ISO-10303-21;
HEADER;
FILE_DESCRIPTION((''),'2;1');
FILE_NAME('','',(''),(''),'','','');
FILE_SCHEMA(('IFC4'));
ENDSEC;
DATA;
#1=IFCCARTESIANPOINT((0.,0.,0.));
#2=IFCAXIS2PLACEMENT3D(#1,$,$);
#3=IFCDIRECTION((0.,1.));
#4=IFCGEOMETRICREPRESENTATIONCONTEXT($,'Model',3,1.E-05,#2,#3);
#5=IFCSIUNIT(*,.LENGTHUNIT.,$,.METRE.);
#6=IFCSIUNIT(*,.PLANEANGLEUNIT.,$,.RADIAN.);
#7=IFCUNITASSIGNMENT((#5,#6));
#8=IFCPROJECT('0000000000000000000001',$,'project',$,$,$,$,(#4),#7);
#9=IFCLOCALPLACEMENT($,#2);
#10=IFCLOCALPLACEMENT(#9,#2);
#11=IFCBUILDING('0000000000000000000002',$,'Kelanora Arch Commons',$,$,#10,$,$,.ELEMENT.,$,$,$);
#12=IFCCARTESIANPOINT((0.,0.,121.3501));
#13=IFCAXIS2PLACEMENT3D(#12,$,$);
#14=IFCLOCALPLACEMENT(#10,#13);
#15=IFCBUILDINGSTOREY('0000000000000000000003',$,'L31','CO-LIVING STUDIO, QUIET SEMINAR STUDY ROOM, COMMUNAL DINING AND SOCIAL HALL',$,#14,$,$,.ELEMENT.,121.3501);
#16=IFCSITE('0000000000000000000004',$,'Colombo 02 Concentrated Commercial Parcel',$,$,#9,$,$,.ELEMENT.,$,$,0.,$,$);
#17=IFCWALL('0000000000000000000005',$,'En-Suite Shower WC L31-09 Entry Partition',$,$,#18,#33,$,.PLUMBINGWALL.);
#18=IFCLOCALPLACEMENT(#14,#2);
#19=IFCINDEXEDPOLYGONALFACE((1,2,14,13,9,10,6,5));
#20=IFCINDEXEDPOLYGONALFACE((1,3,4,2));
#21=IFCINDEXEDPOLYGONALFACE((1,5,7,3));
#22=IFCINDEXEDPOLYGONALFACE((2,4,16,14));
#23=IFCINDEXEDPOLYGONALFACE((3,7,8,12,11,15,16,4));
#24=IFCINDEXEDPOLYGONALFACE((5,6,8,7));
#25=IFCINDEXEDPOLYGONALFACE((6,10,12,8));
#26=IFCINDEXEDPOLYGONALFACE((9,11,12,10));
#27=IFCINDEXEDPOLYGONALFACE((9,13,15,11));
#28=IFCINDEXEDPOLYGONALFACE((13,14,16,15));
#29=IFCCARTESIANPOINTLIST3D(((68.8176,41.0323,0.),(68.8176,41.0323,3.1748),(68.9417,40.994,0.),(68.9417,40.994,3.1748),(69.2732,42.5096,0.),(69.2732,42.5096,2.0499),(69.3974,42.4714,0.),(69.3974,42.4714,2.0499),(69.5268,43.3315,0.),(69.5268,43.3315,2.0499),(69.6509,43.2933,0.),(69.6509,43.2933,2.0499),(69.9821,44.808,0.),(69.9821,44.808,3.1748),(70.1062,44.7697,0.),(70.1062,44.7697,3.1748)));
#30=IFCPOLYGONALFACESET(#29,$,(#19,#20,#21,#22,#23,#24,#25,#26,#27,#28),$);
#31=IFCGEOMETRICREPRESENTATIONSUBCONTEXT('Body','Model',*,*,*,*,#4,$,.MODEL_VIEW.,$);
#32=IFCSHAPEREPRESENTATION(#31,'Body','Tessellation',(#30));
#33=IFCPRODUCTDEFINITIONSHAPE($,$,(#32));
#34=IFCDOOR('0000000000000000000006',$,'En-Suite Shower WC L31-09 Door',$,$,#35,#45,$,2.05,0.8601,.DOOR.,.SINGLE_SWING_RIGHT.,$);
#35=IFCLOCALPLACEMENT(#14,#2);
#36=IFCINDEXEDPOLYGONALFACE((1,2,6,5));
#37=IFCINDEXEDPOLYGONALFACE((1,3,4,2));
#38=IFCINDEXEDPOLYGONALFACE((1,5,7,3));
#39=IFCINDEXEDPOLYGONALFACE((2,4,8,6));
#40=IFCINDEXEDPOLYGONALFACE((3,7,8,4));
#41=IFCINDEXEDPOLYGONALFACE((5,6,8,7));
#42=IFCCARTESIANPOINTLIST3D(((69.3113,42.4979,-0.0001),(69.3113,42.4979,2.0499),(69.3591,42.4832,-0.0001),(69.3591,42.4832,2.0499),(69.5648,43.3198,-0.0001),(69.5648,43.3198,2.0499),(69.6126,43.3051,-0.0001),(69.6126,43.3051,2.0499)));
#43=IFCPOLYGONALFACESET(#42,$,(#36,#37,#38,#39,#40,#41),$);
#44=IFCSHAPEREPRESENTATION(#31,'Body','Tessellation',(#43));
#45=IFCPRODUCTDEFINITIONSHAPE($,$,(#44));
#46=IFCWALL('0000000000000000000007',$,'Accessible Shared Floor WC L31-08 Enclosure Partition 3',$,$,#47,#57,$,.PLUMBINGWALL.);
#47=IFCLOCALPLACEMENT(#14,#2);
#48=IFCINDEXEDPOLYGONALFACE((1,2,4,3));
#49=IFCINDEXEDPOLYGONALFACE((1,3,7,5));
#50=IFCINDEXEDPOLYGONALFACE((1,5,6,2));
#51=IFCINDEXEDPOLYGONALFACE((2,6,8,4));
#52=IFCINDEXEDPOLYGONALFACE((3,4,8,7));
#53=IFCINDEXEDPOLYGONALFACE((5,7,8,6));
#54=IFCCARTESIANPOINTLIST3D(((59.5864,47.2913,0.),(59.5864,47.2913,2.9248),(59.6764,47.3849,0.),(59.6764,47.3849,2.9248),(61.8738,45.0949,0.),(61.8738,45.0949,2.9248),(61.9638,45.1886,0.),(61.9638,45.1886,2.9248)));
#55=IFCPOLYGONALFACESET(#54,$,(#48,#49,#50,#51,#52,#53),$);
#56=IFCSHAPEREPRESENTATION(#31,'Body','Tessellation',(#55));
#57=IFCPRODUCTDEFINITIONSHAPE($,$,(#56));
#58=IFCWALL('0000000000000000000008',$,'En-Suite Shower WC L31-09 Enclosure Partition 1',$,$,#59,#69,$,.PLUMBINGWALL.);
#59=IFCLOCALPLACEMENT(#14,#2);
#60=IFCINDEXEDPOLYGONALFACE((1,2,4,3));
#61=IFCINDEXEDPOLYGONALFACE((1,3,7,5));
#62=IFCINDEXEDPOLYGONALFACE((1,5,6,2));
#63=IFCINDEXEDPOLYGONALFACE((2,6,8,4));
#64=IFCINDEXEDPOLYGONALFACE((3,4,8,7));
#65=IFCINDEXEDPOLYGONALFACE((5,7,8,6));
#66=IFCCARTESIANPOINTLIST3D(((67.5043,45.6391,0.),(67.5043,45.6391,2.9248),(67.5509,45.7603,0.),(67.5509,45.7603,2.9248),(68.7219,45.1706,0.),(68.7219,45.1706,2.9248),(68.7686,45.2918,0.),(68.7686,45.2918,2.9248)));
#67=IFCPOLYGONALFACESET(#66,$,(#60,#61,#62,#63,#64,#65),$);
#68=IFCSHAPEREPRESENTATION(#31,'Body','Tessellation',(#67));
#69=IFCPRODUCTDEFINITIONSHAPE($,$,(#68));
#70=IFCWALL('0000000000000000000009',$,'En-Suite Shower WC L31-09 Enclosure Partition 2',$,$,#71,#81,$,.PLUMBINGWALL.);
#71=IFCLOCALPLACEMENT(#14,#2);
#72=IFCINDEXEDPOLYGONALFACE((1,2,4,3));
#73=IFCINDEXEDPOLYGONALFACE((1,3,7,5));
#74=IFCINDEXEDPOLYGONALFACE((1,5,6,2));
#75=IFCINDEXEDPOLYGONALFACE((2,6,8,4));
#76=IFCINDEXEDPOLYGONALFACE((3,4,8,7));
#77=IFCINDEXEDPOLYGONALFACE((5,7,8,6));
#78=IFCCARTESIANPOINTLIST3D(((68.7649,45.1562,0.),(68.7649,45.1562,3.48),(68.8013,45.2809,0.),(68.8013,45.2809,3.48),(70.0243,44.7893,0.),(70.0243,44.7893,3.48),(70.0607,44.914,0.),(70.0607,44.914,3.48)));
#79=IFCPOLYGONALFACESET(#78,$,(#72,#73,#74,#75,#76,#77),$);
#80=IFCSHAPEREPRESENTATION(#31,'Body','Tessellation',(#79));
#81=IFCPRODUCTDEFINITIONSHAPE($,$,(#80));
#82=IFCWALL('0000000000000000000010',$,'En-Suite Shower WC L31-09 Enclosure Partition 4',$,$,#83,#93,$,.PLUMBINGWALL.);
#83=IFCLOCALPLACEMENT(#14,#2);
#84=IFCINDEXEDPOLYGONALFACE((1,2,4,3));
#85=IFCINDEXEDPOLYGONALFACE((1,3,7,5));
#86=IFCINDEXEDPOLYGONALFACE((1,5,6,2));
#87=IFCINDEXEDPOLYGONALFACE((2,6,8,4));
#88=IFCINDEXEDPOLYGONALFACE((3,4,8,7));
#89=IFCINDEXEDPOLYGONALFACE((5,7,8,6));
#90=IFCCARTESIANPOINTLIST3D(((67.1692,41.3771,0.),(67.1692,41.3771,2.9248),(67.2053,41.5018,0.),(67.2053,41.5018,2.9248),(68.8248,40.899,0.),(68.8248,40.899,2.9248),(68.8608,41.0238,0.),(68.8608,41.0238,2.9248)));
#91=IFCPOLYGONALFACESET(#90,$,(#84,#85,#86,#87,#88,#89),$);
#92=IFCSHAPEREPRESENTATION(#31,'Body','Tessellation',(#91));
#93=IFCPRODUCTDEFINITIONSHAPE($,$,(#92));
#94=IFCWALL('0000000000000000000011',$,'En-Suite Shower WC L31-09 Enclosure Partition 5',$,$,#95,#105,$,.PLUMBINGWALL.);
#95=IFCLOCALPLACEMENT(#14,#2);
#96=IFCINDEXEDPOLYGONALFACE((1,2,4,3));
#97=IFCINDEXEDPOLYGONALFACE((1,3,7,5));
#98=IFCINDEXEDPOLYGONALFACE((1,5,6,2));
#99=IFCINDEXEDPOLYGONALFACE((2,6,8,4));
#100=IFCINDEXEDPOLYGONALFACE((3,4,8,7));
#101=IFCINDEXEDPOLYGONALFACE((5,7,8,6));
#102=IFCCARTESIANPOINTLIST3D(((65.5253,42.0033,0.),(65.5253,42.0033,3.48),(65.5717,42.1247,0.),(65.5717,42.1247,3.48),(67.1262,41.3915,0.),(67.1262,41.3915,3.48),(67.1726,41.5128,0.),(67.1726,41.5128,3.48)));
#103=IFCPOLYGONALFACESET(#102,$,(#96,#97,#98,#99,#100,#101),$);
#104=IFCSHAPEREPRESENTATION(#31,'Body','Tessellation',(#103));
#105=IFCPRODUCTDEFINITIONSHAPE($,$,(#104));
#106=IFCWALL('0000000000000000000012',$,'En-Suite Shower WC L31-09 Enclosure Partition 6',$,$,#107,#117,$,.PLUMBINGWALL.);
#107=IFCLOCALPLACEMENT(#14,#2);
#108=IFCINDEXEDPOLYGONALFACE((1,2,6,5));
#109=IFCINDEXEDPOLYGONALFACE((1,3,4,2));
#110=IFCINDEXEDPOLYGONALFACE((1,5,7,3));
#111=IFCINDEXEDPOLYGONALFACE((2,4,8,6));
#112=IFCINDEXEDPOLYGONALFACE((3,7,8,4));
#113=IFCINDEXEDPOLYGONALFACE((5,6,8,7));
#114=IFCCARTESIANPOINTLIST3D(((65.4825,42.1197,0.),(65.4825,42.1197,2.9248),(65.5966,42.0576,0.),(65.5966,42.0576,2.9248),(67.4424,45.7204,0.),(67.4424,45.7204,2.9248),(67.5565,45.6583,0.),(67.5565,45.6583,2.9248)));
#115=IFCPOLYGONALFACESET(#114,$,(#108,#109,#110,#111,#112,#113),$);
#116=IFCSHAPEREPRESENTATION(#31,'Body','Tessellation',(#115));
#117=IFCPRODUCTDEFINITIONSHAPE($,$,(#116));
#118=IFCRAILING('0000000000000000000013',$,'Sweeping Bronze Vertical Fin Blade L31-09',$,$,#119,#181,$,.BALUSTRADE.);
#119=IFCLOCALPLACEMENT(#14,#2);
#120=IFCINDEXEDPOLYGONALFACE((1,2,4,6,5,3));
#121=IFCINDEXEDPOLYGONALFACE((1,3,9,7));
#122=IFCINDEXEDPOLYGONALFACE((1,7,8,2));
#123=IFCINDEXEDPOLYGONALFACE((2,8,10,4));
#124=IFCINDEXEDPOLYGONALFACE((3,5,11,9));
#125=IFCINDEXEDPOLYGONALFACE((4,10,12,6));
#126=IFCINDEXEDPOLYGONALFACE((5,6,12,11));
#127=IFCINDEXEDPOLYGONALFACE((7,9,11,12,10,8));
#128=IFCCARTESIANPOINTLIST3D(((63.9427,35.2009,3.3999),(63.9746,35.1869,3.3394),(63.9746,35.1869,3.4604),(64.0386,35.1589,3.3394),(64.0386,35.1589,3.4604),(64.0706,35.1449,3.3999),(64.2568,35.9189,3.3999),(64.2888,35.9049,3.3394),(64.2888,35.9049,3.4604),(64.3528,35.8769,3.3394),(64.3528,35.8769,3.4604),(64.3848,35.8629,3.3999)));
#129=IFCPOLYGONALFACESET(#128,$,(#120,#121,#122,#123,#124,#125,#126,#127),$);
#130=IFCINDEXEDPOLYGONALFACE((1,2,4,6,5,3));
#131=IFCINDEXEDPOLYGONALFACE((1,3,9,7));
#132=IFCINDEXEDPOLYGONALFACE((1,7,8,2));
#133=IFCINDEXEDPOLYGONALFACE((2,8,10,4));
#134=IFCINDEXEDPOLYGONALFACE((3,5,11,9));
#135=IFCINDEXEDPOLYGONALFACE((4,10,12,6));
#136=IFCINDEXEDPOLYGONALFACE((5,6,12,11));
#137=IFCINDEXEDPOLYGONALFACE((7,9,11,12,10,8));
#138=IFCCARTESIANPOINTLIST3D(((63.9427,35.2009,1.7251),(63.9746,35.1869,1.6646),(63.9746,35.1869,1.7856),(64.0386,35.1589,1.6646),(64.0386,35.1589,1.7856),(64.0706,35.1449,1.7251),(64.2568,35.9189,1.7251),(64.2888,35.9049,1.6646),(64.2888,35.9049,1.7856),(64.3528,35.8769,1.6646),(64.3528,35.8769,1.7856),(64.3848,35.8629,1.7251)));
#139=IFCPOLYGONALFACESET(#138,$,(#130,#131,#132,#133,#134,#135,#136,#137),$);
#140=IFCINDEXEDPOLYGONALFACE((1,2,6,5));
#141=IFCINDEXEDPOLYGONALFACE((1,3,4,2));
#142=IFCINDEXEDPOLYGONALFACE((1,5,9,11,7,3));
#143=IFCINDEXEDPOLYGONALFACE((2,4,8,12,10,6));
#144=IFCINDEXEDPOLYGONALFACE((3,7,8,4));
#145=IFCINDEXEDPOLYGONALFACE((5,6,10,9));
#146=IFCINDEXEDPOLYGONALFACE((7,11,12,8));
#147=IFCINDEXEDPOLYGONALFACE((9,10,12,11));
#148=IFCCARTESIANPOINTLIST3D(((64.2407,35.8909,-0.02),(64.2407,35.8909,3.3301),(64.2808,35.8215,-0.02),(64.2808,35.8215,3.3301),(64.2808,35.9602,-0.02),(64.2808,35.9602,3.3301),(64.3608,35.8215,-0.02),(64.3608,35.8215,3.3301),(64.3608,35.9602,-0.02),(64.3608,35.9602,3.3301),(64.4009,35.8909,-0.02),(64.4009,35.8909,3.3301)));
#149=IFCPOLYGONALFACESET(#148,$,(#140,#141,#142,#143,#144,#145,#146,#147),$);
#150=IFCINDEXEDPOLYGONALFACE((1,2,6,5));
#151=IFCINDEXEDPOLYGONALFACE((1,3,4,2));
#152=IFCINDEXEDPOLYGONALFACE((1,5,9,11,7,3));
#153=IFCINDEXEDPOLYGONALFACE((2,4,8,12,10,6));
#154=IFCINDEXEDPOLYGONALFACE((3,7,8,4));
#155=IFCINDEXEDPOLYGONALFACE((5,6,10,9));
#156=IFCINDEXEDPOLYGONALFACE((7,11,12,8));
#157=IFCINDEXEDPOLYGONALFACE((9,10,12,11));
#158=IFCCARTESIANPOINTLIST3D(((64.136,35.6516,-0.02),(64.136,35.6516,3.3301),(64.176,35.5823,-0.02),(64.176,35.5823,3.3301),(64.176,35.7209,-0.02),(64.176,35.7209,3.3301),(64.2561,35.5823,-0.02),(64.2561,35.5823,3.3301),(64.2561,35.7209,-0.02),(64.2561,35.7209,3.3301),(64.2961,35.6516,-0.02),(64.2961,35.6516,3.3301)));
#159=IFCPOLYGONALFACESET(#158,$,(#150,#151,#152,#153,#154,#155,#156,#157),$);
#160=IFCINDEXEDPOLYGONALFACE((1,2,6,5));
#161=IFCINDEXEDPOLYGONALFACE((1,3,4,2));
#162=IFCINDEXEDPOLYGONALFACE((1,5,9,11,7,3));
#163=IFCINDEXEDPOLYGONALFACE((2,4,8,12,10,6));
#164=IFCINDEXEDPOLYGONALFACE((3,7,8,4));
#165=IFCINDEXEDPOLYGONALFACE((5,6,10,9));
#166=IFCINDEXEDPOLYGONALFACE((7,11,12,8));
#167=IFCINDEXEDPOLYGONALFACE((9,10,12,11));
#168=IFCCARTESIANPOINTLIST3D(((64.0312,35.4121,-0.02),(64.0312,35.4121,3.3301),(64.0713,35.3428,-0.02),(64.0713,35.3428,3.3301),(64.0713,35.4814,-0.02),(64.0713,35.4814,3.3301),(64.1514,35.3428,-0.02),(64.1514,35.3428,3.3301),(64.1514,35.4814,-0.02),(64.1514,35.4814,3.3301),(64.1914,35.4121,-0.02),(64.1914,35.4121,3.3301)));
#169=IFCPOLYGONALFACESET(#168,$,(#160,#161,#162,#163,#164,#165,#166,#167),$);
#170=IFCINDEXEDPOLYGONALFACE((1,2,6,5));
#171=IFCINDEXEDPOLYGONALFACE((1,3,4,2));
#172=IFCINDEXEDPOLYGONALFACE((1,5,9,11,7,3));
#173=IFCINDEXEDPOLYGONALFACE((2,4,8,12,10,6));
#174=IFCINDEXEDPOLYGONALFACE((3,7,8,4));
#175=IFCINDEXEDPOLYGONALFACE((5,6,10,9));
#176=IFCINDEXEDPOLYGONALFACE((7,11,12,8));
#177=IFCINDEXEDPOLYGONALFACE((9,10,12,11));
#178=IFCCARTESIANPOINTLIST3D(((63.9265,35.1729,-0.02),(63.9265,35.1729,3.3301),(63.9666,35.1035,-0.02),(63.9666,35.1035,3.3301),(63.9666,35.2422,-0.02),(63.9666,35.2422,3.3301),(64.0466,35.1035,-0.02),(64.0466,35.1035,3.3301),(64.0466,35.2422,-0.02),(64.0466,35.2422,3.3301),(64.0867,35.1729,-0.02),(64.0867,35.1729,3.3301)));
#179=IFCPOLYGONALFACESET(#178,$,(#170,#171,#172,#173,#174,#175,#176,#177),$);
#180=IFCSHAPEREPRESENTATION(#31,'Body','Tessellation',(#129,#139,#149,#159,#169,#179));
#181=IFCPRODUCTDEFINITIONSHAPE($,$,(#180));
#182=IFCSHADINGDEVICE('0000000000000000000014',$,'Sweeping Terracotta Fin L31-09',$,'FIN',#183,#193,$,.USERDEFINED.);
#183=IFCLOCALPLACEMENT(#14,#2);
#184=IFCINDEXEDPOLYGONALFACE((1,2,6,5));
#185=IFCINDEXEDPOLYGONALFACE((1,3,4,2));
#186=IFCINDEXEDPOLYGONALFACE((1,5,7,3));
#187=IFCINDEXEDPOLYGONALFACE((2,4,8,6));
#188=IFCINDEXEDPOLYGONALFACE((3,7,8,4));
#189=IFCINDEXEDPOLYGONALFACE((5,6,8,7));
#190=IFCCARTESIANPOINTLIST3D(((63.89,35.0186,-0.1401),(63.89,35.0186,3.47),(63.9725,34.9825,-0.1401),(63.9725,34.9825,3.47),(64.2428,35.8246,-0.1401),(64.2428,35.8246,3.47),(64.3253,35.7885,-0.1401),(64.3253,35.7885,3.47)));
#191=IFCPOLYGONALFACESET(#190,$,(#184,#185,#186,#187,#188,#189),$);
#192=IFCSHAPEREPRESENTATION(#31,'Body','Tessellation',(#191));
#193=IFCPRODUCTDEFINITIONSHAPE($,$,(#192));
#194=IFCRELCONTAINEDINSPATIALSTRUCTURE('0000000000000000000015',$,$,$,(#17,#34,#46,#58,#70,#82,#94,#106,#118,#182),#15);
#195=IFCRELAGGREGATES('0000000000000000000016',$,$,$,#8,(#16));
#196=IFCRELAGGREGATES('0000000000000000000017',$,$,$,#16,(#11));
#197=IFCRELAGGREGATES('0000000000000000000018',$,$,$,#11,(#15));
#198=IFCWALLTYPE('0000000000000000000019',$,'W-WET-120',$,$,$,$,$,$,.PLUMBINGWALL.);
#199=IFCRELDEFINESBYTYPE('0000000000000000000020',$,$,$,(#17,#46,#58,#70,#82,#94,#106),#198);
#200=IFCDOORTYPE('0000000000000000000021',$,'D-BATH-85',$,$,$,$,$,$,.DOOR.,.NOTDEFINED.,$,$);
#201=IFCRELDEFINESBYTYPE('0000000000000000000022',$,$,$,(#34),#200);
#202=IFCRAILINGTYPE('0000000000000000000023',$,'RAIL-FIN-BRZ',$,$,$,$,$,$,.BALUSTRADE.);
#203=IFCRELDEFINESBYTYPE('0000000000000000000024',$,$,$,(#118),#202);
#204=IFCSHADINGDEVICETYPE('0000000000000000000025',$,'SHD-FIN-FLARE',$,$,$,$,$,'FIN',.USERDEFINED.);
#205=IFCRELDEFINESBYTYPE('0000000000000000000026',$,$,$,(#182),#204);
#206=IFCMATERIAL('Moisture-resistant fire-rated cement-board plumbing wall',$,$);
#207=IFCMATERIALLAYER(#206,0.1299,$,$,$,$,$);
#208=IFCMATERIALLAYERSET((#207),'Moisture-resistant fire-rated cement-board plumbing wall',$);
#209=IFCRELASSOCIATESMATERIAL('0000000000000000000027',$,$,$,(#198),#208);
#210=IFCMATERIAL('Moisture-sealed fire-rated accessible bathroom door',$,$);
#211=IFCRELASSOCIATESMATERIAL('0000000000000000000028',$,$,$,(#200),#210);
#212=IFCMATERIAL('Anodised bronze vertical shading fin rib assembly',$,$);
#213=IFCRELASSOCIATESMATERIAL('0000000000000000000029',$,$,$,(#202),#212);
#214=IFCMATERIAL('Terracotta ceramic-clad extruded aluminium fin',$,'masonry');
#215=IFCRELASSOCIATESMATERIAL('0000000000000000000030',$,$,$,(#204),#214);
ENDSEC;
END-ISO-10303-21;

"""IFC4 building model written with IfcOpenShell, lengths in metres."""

from ifc_helpers import new_model, si_unit, direction, frame, frame_2d, origin, origin_2d, place, context, subcontext, project, spatial, polyline, rectangle, outline, extrude, source, transform, mapped, material, layer, layer_set, type_object, element, fill, save


model = new_model("IFC4")

# Units and contexts
model_context = context("Model", 3, precision=1e-05, world=origin(), true_north=direction((0.0, 1.0)))
body_context = subcontext(model_context, "Body", "Model", "MODEL_VIEW")
ifc_project = project(units=[si_unit("LENGTHUNIT", "METRE"), si_unit("PLANEANGLEUNIT", "RADIAN")], contexts=[model_context])

# Site, building, storey
site_placement = place(None, origin())
site = spatial("IfcSite", under=ifc_project, at=site_placement, Name="Colombo 02 Concentrated Commercial Parcel", CompositionType="ELEMENT", RefElevation=0.0)
building_placement = place(site_placement, origin())
building = spatial("IfcBuilding", under=site, at=building_placement, Name="Kelanora Arch Commons", CompositionType="ELEMENT")
storey_placement = place(building_placement, frame((0.0, 0.0, 121.3501)))
storey = spatial("IfcBuildingStorey", under=building, at=storey_placement, Name="L31", Description="CO-LIVING STUDIO, QUIET SEMINAR STUDY ROOM, COMMUNAL DINING AND SOCIAL HALL", CompositionType="ELEMENT", Elevation=121.3501)

# Wall, opening, door
ifc_material_1 = material(Name="Moisture-resistant fire-rated cement-board plumbing wall")
ifc_layer_1 = layer(ifc_material_1, 0.1299)
ifc_layer_set_1 = layer_set([ifc_layer_1], Name="Moisture-resistant fire-rated cement-board plumbing wall")
wall_type_1 = type_object("IfcWallType", Name="W-WET-120", PredefinedType="PLUMBINGWALL", material=ifc_layer_set_1)
wall_1_placement = place(storey_placement, frame((70.0442, 44.7888, 0.0), z_axis=(0.0, 0.0, 1.0), x_axis=(-0.294737, -0.955578, 0.0)))
wall_1 = element("IfcWall", 1, at=wall_1_placement, inside=storey, type_object=wall_type_1, Name="En-Suite Shower WC L31-09 Entry Partition", PredefinedType="PLUMBINGWALL", context=body_context, shape_type="SweptSolid", body=[
    extrude(rectangle(XDim=3.9512, YDim=0.1299, at=frame_2d((1.9756, 0.0))), origin(), (0.0, 0.0, 1.0), 3.1748),
])
opening_1_placement = place(wall_1_placement, frame((1.5449, 0.0, 0.0)))
opening_1 = element("IfcOpeningElement", 2, at=opening_1_placement, cuts=wall_1, PredefinedType="OPENING", context=body_context, shape_type="SweptSolid", body=[
    extrude(rectangle(XDim=0.8601, YDim=2.05, at=frame_2d((0.4302, 1.0249))), frame((0.0, 0.075, 0.0), z_axis=(0.0, -1.0, 0.0), x_axis=(1.0, 0.0, 0.0)), (0.0, 0.0, 1.0), 0.1499),
])
ifc_material_2 = material(Name="Moisture-sealed fire-rated accessible bathroom door")
door_type_1 = type_object("IfcDoorType", Name="D-BATH-85", OperationType="NOTDEFINED", PredefinedType="DOOR", material=ifc_material_2)
door_1_placement = place(opening_1_placement, origin())
door_1 = element("IfcDoor", 3, at=door_1_placement, inside=storey, type_object=door_type_1, Name="En-Suite Shower WC L31-09 Door", OperationType="SINGLE_SWING_RIGHT", OverallHeight=2.05, OverallWidth=0.8601, PredefinedType="DOOR", context=body_context, shape_type="SweptSolid", body=[
    extrude(rectangle(XDim=0.8601, YDim=2.05, at=frame_2d((0.4302, 1.0249))), frame((0.0, 0.0249, 0.0), z_axis=(0.0, -1.0, 0.0), x_axis=(1.0, 0.0, 0.0)), (0.0, 0.0, 1.0), 0.05),
])
fill(opening_1, door_1)

# Walls
wall_2_placement = place(storey_placement, frame((61.9187, 45.1418, 0.0), z_axis=(0.0, 0.0, 1.0), x_axis=(-0.72132, 0.692602, 0.0)))
element("IfcWall", 4, at=wall_2_placement, inside=storey, type_object=wall_type_1, Name="Accessible Shared Floor WC L31-08 Enclosure Partition 3", PredefinedType="PLUMBINGWALL", context=body_context, shape_type="SweptSolid", body=[
    extrude(rectangle(XDim=3.1711, YDim=0.1299, at=frame_2d((1.5854, 0.0))), origin(), (0.0, 0.0, 1.0), 2.9248),
])
wall_3_placement = place(storey_placement, frame((67.5276, 45.6997, 0.0), z_axis=(0.0, 0.0, 1.0), x_axis=(0.933312, -0.359067, 0.0)))
element("IfcWall", 5, at=wall_3_placement, inside=storey, type_object=wall_type_1, Name="En-Suite Shower WC L31-09 Enclosure Partition 1", PredefinedType="PLUMBINGWALL", context=body_context, shape_type="SweptSolid", body=[
    extrude(rectangle(XDim=1.3047, YDim=0.1299, at=frame_2d((0.6523, 0.0))), origin(), (0.0, 0.0, 1.0), 2.9248),
])
wall_4_placement = place(storey_placement, frame((68.7832, 45.2185, 0.0), z_axis=(0.0, 0.0, 1.0), x_axis=(0.960085, -0.279707, 0.0)))
element("IfcWall", 6, at=wall_4_placement, inside=storey, type_object=wall_type_1, Name="En-Suite Shower WC L31-09 Enclosure Partition 2", PredefinedType="PLUMBINGWALL", context=body_context, shape_type="SweptSolid", body=[
    extrude(rectangle(XDim=1.3118, YDim=0.1299, at=frame_2d((0.6558, 0.0))), origin(), (0.0, 0.0, 1.0), 3.48),
])
wall_5_placement = place(storey_placement, frame((68.8428, 40.9614, 0.0), z_axis=(0.0, 0.0, 1.0), x_axis=(-0.96075, 0.277415, 0.0)))
element("IfcWall", 7, at=wall_5_placement, inside=storey, type_object=wall_type_1, Name="En-Suite Shower WC L31-09 Enclosure Partition 4", PredefinedType="PLUMBINGWALL", context=body_context, shape_type="SweptSolid", body=[
    extrude(rectangle(XDim=1.7231, YDim=0.1299, at=frame_2d((0.8616, 0.0))), origin(), (0.0, 0.0, 1.0), 2.9248),
])
wall_6_placement = place(storey_placement, frame((67.1494, 41.4521, 0.0), z_axis=(0.0, 0.0, 1.0), x_axis=(-0.934104, 0.357002, 0.0)))
element("IfcWall", 8, at=wall_6_placement, inside=storey, type_object=wall_type_1, Name="En-Suite Shower WC L31-09 Enclosure Partition 5", PredefinedType="PLUMBINGWALL", context=body_context, shape_type="SweptSolid", body=[
    extrude(rectangle(XDim=1.7139, YDim=0.1299, at=frame_2d((0.8569, 0.0))), origin(), (0.0, 0.0, 1.0), 3.48),
])
wall_7_placement = place(storey_placement, frame((65.5396, 42.0886, 0.0), z_axis=(0.0, 0.0, 1.0), x_axis=(0.478076, 0.878319, 0.0)))
element("IfcWall", 9, at=wall_7_placement, inside=storey, type_object=wall_type_1, Name="En-Suite Shower WC L31-09 Enclosure Partition 6", PredefinedType="PLUMBINGWALL", context=body_context, shape_type="SweptSolid", body=[
    extrude(rectangle(XDim=4.0996, YDim=0.1299, at=frame_2d((2.0498, 0.0))), origin(), (0.0, 0.0, 1.0), 2.9248),
])

# Railing
ifc_material_3 = material(Name="Anodised bronze vertical shading fin rib assembly")
railing_type = type_object("IfcRailingType", Name="RAIL-FIN-BRZ", PredefinedType="BALUSTRADE", material=ifc_material_3)
railing_placement = place(storey_placement, frame((64.3208, 35.8909, -0.02)))
element("IfcRailing", 10, at=railing_placement, inside=storey, type_object=railing_type, Name="Sweeping Bronze Vertical Fin Blade L31-09", PredefinedType="BALUSTRADE", context=body_context, shape_type="SweptSolid", body=[
    extrude(outline(polyline([(0.0698, 0.0), (0.0349, 0.0605), (-0.0349, 0.0605), (-0.0698, 0.0), (-0.0349, -0.0605), (0.0349, -0.0605), (0.0698, 0.0)])), frame((0.0, 0.0, 3.4199), z_axis=(-0.400901, -0.916122, 0.0), x_axis=(0.916122, -0.400901, 0.0)), (0.0, 0.0, 1.0), 0.7837),
    extrude(outline(polyline([(0.0698, 0.0), (0.0349, 0.0605), (-0.0349, 0.0605), (-0.0698, 0.0), (-0.0349, -0.0605), (0.0349, -0.0605), (0.0698, 0.0)])), frame((0.0, 0.0, 1.7451), z_axis=(-0.400901, -0.916122, 0.0), x_axis=(0.916122, -0.400901, 0.0)), (0.0, 0.0, 1.0), 0.7837),
    extrude(outline(polyline([(0.0801, 0.0), (0.04, 0.0693), (-0.04, 0.0693), (-0.0801, 0.0), (-0.04, -0.0693), (0.04, -0.0693), (0.0801, 0.0)])), origin(), (0.0, 0.0, 1.0), 3.3501),
    extrude(outline(polyline([(0.0801, 0.0), (0.04, 0.0693), (-0.04, 0.0693), (-0.0801, 0.0), (-0.04, -0.0693), (0.04, -0.0693), (0.0801, 0.0)])), frame((-0.1047, -0.2393, 0.0)), (0.0, 0.0, 1.0), 3.3501),
    extrude(outline(polyline([(0.0801, 0.0), (0.04, 0.0693), (-0.04, 0.0693), (-0.0801, 0.0), (-0.04, -0.0693), (0.04, -0.0693), (0.0801, 0.0)])), frame((-0.2095, -0.4788, 0.0)), (0.0, 0.0, 1.0), 3.3501),
    extrude(outline(polyline([(0.0801, 0.0), (0.04, 0.0693), (-0.04, 0.0693), (-0.0801, 0.0), (-0.04, -0.0693), (0.04, -0.0693), (0.0801, 0.0)])), frame((-0.3142, -0.718, 0.0)), (0.0, 0.0, 1.0), 3.3501),
])

# Shading device
ifc_material_4 = material(Name="Terracotta ceramic-clad extruded aluminium fin", Category="masonry")
shading_device_type = type_object("IfcShadingDeviceType", Name="SHD-FIN-FLARE", ElementType="FIN", PredefinedType="USERDEFINED", material=ifc_material_4)
shared_shape_1 = source(origin(), body_context, "Body", "SweptSolid", [
    extrude(rectangle(XDim=0.8799, YDim=0.0901, at=origin_2d()), origin(), (0.0, 0.0, 1.0), 3.6101),
])
shading_device_placement = place(storey_placement, frame((64.1077, 35.4036, -0.1401), z_axis=(0.0, 0.0, 1.0), x_axis=(-0.400989, -0.916083, 0.0)))
element("IfcShadingDevice", 11, at=shading_device_placement, inside=storey, type_object=shading_device_type, Name="Sweeping Terracotta Fin L31-09", ObjectType="FIN", PredefinedType="USERDEFINED", context=body_context, shape_type="MappedRepresentation", body=[
    mapped(shared_shape_1, transform((0.0, 0.0, 0.0), scale=1.0)),
])

save(model, "model.ifc")
